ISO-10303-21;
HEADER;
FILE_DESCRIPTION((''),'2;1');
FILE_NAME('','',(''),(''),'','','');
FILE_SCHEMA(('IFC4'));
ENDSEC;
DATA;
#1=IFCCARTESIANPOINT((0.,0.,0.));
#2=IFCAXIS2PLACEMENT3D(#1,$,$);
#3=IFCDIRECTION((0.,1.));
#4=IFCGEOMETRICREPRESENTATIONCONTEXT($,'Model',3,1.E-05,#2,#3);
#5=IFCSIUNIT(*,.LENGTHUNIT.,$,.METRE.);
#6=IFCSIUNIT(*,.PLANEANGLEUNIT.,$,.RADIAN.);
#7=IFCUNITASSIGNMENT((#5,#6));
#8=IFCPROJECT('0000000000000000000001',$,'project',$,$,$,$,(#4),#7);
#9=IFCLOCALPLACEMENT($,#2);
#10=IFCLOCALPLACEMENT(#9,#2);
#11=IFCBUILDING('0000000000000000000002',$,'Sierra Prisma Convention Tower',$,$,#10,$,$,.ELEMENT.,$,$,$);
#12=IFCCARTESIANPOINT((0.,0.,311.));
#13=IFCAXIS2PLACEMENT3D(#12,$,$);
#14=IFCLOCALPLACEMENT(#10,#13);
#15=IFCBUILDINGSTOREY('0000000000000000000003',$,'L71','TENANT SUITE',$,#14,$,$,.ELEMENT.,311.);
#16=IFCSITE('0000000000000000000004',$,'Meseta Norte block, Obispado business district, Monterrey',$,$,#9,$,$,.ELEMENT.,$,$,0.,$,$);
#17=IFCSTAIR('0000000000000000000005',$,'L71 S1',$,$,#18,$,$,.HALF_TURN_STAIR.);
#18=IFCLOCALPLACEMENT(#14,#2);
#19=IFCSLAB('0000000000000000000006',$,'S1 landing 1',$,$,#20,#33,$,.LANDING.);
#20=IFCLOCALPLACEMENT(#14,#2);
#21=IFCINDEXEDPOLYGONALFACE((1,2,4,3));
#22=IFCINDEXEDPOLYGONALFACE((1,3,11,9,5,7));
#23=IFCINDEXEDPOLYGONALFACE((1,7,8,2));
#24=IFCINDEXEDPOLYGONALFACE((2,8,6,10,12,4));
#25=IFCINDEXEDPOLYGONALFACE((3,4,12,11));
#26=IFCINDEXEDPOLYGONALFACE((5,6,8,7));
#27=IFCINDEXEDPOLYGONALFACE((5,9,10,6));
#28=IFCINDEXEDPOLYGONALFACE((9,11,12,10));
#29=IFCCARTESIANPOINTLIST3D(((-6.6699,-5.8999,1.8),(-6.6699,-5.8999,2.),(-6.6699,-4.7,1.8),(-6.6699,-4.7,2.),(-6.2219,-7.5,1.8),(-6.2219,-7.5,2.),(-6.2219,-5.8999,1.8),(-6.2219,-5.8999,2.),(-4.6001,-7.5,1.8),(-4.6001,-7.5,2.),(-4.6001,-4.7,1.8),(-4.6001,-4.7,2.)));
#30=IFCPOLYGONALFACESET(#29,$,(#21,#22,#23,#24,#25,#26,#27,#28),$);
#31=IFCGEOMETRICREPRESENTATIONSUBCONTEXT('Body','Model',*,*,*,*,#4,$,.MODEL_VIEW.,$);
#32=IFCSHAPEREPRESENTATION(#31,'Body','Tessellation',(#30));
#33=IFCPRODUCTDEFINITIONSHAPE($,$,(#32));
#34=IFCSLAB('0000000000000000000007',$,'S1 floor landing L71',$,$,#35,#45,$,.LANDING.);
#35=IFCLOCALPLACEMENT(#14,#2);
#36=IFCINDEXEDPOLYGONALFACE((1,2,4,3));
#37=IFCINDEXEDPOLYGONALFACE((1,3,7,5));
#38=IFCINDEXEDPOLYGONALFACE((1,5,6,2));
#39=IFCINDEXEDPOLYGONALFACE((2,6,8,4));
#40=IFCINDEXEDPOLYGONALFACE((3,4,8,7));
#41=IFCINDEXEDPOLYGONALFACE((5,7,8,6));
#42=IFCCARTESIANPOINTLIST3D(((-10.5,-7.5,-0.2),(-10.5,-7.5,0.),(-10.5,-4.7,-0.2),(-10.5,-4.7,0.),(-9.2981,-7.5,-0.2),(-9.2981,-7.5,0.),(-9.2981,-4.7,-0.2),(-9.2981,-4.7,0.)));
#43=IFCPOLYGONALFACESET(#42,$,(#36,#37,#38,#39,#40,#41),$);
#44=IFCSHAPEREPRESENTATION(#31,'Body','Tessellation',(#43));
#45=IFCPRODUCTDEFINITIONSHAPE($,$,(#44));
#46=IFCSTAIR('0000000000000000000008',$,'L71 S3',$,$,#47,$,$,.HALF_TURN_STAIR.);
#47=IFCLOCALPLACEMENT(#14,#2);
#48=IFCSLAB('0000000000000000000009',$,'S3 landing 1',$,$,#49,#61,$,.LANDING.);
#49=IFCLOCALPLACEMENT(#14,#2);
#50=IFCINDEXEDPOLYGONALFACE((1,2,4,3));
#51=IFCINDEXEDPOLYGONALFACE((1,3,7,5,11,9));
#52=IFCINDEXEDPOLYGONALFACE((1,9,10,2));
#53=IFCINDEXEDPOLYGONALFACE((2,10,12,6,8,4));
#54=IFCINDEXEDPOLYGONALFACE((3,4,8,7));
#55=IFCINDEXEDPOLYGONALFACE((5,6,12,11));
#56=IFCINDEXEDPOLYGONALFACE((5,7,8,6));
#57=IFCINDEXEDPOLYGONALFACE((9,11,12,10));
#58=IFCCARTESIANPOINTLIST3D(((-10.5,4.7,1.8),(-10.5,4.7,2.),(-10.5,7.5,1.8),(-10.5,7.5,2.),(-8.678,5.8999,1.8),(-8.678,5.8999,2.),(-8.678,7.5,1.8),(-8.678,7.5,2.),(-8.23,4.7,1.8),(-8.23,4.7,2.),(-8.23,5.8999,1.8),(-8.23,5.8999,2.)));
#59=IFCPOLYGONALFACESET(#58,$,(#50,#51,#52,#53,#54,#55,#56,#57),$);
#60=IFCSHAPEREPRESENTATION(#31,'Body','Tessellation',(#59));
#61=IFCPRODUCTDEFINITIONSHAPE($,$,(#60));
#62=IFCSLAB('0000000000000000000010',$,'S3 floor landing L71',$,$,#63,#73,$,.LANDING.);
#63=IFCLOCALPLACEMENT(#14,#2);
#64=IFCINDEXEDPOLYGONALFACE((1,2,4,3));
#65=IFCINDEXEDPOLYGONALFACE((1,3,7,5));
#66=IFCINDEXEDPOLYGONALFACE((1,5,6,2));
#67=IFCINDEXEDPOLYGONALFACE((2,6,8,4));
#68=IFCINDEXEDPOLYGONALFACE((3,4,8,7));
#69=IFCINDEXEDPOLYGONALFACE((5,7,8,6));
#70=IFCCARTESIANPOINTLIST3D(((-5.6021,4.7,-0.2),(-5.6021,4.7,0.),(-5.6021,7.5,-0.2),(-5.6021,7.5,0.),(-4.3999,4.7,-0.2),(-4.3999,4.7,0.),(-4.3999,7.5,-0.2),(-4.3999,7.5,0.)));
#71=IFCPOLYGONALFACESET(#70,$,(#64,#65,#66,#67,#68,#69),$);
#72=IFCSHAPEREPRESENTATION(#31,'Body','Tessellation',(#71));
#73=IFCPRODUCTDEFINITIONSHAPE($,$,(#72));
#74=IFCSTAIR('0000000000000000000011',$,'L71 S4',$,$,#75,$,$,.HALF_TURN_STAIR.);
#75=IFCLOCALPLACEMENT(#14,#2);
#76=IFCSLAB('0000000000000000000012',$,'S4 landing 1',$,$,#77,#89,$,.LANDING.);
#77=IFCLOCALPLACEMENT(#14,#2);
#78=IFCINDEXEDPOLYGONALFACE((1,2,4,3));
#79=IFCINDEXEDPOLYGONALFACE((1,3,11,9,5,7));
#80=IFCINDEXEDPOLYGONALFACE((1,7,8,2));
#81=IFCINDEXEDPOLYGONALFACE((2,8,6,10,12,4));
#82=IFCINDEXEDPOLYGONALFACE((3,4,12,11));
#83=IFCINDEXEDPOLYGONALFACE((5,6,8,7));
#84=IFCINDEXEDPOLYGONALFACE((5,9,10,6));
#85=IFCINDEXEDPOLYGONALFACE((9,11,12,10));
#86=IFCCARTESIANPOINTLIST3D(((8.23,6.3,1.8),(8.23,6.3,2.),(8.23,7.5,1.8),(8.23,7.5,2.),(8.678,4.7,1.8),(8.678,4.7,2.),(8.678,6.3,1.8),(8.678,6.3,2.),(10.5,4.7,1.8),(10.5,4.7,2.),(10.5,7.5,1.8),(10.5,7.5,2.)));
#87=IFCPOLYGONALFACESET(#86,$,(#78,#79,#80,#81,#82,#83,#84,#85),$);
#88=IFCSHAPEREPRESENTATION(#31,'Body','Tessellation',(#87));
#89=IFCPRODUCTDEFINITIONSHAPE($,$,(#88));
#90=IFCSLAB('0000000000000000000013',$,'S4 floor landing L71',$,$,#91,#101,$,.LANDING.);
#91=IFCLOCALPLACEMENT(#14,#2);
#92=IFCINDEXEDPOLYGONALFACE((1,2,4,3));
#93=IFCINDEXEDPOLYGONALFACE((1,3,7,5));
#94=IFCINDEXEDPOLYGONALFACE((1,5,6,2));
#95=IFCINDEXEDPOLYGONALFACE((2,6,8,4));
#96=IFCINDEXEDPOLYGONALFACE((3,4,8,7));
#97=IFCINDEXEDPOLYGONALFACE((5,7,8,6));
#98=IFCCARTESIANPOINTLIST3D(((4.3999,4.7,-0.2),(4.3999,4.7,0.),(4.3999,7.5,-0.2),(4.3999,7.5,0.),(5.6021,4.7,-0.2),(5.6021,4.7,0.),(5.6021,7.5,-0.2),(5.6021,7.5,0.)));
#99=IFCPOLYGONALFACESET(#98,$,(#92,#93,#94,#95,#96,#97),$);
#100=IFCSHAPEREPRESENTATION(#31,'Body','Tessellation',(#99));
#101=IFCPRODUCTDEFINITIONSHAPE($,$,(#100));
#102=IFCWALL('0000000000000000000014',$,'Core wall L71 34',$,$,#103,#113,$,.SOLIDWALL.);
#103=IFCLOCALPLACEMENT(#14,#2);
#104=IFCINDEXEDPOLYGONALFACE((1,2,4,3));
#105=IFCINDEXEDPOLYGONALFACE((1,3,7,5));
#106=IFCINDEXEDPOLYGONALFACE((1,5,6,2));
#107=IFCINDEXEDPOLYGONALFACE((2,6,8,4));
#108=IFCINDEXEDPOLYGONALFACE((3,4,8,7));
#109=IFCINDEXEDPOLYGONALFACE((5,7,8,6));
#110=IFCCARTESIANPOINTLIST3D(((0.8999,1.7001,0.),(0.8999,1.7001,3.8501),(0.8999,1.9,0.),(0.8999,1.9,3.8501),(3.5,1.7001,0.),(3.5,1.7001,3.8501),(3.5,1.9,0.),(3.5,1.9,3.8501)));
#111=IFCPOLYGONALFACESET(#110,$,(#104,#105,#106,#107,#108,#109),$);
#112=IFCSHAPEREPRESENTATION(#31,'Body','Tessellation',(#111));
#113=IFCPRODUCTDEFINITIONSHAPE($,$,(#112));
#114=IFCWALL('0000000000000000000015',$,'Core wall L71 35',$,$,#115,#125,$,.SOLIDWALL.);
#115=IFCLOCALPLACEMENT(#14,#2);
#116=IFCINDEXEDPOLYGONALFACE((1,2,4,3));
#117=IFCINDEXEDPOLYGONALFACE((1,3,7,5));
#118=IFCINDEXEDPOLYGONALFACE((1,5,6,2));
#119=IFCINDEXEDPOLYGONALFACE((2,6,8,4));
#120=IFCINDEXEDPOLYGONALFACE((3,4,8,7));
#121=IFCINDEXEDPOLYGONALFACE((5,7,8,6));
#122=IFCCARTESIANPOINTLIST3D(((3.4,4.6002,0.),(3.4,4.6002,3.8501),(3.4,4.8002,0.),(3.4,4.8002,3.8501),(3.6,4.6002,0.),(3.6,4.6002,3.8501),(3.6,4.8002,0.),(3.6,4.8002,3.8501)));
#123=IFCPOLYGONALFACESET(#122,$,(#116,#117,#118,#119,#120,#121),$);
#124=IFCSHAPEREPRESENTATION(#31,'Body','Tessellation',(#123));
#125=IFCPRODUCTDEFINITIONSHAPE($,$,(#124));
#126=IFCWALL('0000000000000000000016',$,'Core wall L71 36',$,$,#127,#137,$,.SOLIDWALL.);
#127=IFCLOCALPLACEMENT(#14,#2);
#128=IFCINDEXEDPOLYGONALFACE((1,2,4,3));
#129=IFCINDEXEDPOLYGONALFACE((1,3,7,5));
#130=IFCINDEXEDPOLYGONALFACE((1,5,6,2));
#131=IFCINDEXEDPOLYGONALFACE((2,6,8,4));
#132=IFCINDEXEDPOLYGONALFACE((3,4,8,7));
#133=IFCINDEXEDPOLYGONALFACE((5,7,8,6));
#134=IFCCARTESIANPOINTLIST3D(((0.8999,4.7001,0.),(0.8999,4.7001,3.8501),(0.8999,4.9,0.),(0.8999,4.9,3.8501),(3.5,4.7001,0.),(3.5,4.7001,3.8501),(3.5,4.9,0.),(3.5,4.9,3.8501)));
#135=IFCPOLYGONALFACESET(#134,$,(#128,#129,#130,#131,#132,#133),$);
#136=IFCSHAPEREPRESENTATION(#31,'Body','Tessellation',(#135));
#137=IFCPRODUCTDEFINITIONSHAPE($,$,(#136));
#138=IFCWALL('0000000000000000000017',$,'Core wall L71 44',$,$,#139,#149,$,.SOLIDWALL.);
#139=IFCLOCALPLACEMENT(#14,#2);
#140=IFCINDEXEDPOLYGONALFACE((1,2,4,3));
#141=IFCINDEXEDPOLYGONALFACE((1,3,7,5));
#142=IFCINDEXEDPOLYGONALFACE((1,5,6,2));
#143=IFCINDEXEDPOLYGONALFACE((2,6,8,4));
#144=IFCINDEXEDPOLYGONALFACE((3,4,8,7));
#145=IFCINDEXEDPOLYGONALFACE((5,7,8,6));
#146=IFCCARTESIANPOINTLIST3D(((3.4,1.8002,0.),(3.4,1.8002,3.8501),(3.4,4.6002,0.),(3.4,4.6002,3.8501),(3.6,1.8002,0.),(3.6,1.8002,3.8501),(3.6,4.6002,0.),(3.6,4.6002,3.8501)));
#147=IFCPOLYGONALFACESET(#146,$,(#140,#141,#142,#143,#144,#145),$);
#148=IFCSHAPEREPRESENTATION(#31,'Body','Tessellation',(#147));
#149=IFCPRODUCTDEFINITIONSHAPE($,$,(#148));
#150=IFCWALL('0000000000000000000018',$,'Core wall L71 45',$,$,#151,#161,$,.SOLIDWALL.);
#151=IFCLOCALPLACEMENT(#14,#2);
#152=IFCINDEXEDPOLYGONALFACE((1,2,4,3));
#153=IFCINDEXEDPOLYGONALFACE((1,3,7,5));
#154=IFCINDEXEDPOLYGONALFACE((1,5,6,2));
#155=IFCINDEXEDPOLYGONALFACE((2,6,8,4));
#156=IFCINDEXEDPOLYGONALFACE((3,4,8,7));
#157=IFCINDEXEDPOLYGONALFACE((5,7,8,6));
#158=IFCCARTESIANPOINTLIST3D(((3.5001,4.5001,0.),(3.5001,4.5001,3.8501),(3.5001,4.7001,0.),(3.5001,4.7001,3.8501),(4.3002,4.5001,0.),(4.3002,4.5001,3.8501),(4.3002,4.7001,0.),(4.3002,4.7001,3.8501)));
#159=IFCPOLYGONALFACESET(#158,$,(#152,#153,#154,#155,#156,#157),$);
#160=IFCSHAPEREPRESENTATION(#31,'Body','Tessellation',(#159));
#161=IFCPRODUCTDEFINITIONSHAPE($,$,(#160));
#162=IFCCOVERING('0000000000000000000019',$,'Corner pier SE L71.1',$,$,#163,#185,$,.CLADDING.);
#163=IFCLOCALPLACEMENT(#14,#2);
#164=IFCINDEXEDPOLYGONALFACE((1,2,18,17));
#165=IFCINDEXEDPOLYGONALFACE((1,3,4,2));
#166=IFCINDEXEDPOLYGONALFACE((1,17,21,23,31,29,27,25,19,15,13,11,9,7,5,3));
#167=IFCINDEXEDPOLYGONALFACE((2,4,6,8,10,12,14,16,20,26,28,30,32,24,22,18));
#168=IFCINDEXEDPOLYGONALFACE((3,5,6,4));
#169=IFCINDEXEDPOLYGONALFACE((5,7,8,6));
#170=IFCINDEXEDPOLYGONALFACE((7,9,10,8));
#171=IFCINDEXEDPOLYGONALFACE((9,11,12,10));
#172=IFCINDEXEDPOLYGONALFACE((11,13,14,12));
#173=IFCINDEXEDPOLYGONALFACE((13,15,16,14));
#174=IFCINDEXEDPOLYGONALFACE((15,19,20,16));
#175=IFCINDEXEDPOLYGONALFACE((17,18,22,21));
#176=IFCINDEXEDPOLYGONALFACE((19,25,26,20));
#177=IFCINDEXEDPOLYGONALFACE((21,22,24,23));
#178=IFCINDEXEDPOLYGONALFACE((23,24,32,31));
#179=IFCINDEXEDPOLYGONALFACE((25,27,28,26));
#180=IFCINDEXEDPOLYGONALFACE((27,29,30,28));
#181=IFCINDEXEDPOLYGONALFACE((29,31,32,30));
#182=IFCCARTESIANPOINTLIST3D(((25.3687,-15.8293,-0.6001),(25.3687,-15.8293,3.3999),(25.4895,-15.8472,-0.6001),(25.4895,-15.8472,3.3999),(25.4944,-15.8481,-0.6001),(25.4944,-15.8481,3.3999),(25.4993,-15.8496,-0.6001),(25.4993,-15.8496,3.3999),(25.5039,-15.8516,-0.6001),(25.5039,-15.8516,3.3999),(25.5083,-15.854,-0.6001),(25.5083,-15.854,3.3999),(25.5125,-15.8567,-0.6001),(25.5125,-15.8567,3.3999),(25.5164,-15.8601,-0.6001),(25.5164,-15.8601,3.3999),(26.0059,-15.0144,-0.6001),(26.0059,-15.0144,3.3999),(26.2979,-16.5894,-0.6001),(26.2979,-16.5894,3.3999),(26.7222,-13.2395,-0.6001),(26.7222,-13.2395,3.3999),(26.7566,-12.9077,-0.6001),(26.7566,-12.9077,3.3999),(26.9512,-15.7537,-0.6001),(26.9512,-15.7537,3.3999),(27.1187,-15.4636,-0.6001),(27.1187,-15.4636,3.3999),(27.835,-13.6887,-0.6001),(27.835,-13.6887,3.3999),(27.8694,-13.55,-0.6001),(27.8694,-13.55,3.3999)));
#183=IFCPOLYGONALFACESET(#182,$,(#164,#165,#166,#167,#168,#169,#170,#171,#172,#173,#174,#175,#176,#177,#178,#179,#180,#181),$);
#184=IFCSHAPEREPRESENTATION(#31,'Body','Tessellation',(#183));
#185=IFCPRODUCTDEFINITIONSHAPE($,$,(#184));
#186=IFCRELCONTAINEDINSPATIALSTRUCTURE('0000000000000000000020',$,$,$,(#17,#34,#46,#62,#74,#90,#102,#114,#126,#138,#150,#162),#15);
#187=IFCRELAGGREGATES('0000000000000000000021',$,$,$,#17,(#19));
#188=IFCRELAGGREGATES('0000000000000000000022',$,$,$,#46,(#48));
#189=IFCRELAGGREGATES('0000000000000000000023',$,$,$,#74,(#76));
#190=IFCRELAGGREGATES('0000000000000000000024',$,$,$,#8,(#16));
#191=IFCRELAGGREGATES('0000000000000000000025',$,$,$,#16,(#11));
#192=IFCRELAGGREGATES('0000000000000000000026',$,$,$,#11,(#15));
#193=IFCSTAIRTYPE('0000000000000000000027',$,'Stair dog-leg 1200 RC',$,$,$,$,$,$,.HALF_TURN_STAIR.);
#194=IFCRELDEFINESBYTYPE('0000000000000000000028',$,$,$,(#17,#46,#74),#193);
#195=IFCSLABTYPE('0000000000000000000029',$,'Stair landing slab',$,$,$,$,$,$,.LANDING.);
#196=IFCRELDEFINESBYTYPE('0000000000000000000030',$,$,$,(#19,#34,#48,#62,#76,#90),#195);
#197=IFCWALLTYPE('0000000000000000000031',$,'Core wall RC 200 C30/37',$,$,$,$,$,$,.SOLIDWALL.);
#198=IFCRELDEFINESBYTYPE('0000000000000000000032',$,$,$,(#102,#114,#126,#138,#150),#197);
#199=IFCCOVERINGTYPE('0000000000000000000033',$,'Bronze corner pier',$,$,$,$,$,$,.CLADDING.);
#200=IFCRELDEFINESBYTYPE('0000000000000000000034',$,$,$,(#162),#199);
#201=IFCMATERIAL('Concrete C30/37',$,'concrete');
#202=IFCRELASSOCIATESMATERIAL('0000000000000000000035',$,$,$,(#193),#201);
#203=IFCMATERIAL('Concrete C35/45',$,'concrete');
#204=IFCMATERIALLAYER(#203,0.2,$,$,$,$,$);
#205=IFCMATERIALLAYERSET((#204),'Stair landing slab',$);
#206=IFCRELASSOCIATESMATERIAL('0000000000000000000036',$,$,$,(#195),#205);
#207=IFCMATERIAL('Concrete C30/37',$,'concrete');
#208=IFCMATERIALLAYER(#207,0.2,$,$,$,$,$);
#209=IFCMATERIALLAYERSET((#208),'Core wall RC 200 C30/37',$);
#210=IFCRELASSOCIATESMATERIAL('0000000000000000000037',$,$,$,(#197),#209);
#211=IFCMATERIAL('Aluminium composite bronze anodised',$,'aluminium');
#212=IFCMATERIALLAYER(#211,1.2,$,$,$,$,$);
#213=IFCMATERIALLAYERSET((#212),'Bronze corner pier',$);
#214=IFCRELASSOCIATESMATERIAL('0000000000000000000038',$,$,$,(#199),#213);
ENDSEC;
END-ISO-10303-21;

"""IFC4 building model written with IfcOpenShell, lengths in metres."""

from ifc_helpers import new_model, si_unit, direction, frame, frame_2d, origin, place, context, subcontext, project, spatial, polyline, rectangle, outline, extrude, material, layer, layer_set, type_object, element, aggregate, save


model = new_model("IFC4")

# Units and contexts
model_context = context("Model", 3, precision=1e-05, world=origin(), true_north=direction((0.0, 1.0)))
body_context = subcontext(model_context, "Body", "Model", "MODEL_VIEW")
ifc_project = project(units=[si_unit("LENGTHUNIT", "METRE"), si_unit("PLANEANGLEUNIT", "RADIAN")], contexts=[model_context])

# Site, building, storey
site_placement = place(None, origin())
site = spatial("IfcSite", under=ifc_project, at=site_placement, Name="Meseta Norte block, Obispado business district, Monterrey", CompositionType="ELEMENT", RefElevation=0.0)
building_placement = place(site_placement, origin())
building = spatial("IfcBuilding", under=site, at=building_placement, Name="Sierra Prisma Convention Tower", CompositionType="ELEMENT")
storey_placement = place(building_placement, frame((0.0, 0.0, 311.0)))
storey = spatial("IfcBuildingStorey", under=building, at=storey_placement, Name="L71", Description="TENANT SUITE", CompositionType="ELEMENT", Elevation=311.0)

# Stair, slab
ifc_material_1 = material(Name="Concrete C30/37", Category="concrete")
stair_type = type_object("IfcStairType", Name="Stair dog-leg 1200 RC", PredefinedType="HALF_TURN_STAIR", material=ifc_material_1)
stair_1_placement = place(storey_placement, origin())
stair_1 = element("IfcStair", 1, at=stair_1_placement, inside=storey, type_object=stair_type, Name="L71 S1", PredefinedType="HALF_TURN_STAIR")
ifc_material_2 = material(Name="Concrete C35/45", Category="concrete")
ifc_layer_1 = layer(ifc_material_2, 0.2)
ifc_layer_set_1 = layer_set([ifc_layer_1], Name="Stair landing slab")
slab_type = type_object("IfcSlabType", Name="Stair landing slab", PredefinedType="LANDING", material=ifc_layer_set_1)
slab_1_placement = place(storey_placement, frame((0.0, 0.0, 1.8)))
slab_1 = element("IfcSlab", 2, at=slab_1_placement, type_object=slab_type, Name="S1 landing 1", PredefinedType="LANDING", context=body_context, shape_type="SweptSolid", body=[
    extrude(outline(polyline([(-4.6001, -4.7), (-4.6001, -7.5), (-6.2219, -7.5), (-6.2219, -5.8999), (-6.6699, -5.8999), (-6.6699, -4.7), (-4.6001, -4.7)])), origin(), (0.0, 0.0, 1.0), 0.2),
])
aggregate(stair_1, [slab_1])

# Slab
slab_2_placement = place(storey_placement, frame((0.0, 0.0, -0.2)))
element("IfcSlab", 3, at=slab_2_placement, inside=storey, type_object=slab_type, Name="S1 floor landing L71", PredefinedType="LANDING", context=body_context, shape_type="SweptSolid", body=[
    extrude(outline(polyline([(-10.5, -7.5), (-9.2981, -7.5), (-9.2981, -4.7), (-10.5, -4.7), (-10.5, -7.5)])), origin(), (0.0, 0.0, 1.0), 0.2),
])

# Stair, slab
stair_2_placement = place(storey_placement, origin())
stair_2 = element("IfcStair", 4, at=stair_2_placement, inside=storey, type_object=stair_type, Name="L71 S3", PredefinedType="HALF_TURN_STAIR")
slab_3_placement = place(storey_placement, frame((0.0, 0.0, 1.8)))
slab_3 = element("IfcSlab", 5, at=slab_3_placement, type_object=slab_type, Name="S3 landing 1", PredefinedType="LANDING", context=body_context, shape_type="SweptSolid", body=[
    extrude(outline(polyline([(-8.23, 5.8999), (-8.23, 4.7), (-10.5, 4.7), (-10.5, 7.5), (-8.678, 7.5), (-8.678, 5.8999), (-8.23, 5.8999)])), origin(), (0.0, 0.0, 1.0), 0.2),
])
aggregate(stair_2, [slab_3])

# Slab
slab_4_placement = place(storey_placement, frame((0.0, 0.0, -0.2)))
element("IfcSlab", 6, at=slab_4_placement, inside=storey, type_object=slab_type, Name="S3 floor landing L71", PredefinedType="LANDING", context=body_context, shape_type="SweptSolid", body=[
    extrude(outline(polyline([(-4.3999, 7.5), (-5.6021, 7.5), (-5.6021, 4.7), (-4.3999, 4.7), (-4.3999, 7.5)])), origin(), (0.0, 0.0, 1.0), 0.2),
])

# Stair, slab
stair_3_placement = place(storey_placement, origin())
stair_3 = element("IfcStair", 7, at=stair_3_placement, inside=storey, type_object=stair_type, Name="L71 S4", PredefinedType="HALF_TURN_STAIR")
slab_5_placement = place(storey_placement, frame((0.0, 0.0, 1.8)))
slab_5 = element("IfcSlab", 8, at=slab_5_placement, type_object=slab_type, Name="S4 landing 1", PredefinedType="LANDING", context=body_context, shape_type="SweptSolid", body=[
    extrude(outline(polyline([(10.5, 7.5), (10.5, 4.7), (8.678, 4.7), (8.678, 6.3), (8.23, 6.3), (8.23, 7.5), (10.5, 7.5)])), origin(), (0.0, 0.0, 1.0), 0.2),
])
aggregate(stair_3, [slab_5])

# Slab
slab_6_placement = place(storey_placement, frame((0.0, 0.0, -0.2)))
element("IfcSlab", 9, at=slab_6_placement, inside=storey, type_object=slab_type, Name="S4 floor landing L71", PredefinedType="LANDING", context=body_context, shape_type="SweptSolid", body=[
    extrude(outline(polyline([(4.3999, 4.7), (5.6021, 4.7), (5.6021, 7.5), (4.3999, 7.5), (4.3999, 4.7)])), origin(), (0.0, 0.0, 1.0), 0.2),
])

# Shared definitions
ifc_material_3 = material(Name="Concrete C30/37", Category="concrete")
ifc_layer_2 = layer(ifc_material_3, 0.2)
ifc_layer_set_2 = layer_set([ifc_layer_2], Name="Core wall RC 200 C30/37")
wall_type = type_object("IfcWallType", Name="Core wall RC 200 C30/37", PredefinedType="SOLIDWALL", material=ifc_layer_set_2)

# Walls
wall_1_placement = place(storey_placement, frame((3.5, 1.8, 0.0), z_axis=(0.0, 0.0, 1.0), x_axis=(-1.0, 0.0, 0.0)))
element("IfcWall", 10, at=wall_1_placement, inside=storey, type_object=wall_type, Name="Core wall L71 34", PredefinedType="SOLIDWALL", context=body_context, shape_type="SweptSolid", body=[
    extrude(rectangle(XDim=2.6001, YDim=0.2, at=frame_2d((1.3, 0.0))), origin(), (0.0, 0.0, 1.0), 3.8501),
])
wall_2_placement = place(storey_placement, frame((3.5, 4.6001, 0.0), z_axis=(0.0, 0.0, 1.0), x_axis=(0.0, 1.0, 0.0)))
element("IfcWall", 11, at=wall_2_placement, inside=storey, type_object=wall_type, Name="Core wall L71 35", PredefinedType="SOLIDWALL", context=body_context, shape_type="SweptSolid", body=[
    extrude(rectangle(XDim=0.2, YDim=0.2, at=frame_2d((0.1001, 0.0))), origin(), (0.0, 0.0, 1.0), 3.8501),
])
wall_3_placement = place(storey_placement, frame((3.5, 4.8, 0.0), z_axis=(0.0, 0.0, 1.0), x_axis=(-1.0, 0.0, 0.0)))
element("IfcWall", 12, at=wall_3_placement, inside=storey, type_object=wall_type, Name="Core wall L71 36", PredefinedType="SOLIDWALL", context=body_context, shape_type="SweptSolid", body=[
    extrude(rectangle(XDim=2.6001, YDim=0.2, at=frame_2d((1.3, 0.0))), origin(), (0.0, 0.0, 1.0), 3.8501),
])

# Walls
wall_4_placement = place(storey_placement, frame((3.5, 4.6001, 0.0), z_axis=(0.0, 0.0, 1.0), x_axis=(0.0, -1.0, 0.0)))
element("IfcWall", 13, at=wall_4_placement, inside=storey, type_object=wall_type, Name="Core wall L71 44", PredefinedType="SOLIDWALL", context=body_context, shape_type="SweptSolid", body=[
    extrude(rectangle(XDim=2.8, YDim=0.2, at=frame_2d((1.3999, 0.0))), origin(), (0.0, 0.0, 1.0), 3.8501),
])
wall_5_placement = place(storey_placement, frame((4.3, 4.6001, 0.0), z_axis=(0.0, 0.0, 1.0), x_axis=(-1.0, 0.0, 0.0)))
element("IfcWall", 14, at=wall_5_placement, inside=storey, type_object=wall_type, Name="Core wall L71 45", PredefinedType="SOLIDWALL", context=body_context, shape_type="SweptSolid", body=[
    extrude(rectangle(XDim=0.8, YDim=0.2, at=frame_2d((0.3999, 0.0))), origin(), (0.0, 0.0, 1.0), 3.8501),
])

# Covering
ifc_material_4 = material(Name="Aluminium composite bronze anodised", Category="aluminium")
ifc_layer_3 = layer(ifc_material_4, 1.2)
ifc_layer_set_3 = layer_set([ifc_layer_3], Name="Bronze corner pier")
covering_type_1 = type_object("IfcCoveringType", Name="Bronze corner pier", PredefinedType="CLADDING", material=ifc_layer_set_3)
covering_1_placement = place(storey_placement, frame((0.0, 0.0, -0.6001)))
element("IfcCovering", 15, at=covering_1_placement, inside=storey, type_object=covering_type_1, Name="Corner pier SE L71.1", PredefinedType="CLADDING", context=body_context, shape_type="SweptSolid", body=[
    extrude(outline(polyline([(26.7222, -13.2395), (26.7566, -12.9077), (27.8694, -13.55), (27.835, -13.6887), (27.1187, -15.4636), (26.9512, -15.7537), (26.2979, -16.5894), (25.5164, -15.8601), (25.5125, -15.8567), (25.5083, -15.854), (25.5039, -15.8516), (25.4993, -15.8496), (25.4944, -15.8481), (25.4895, -15.8472), (25.3687, -15.8293), (26.0059, -15.0144), (26.7222, -13.2395)])), origin(), (0.0, 0.0, 1.0), 4.0),
])

save(model, "model.ifc")
